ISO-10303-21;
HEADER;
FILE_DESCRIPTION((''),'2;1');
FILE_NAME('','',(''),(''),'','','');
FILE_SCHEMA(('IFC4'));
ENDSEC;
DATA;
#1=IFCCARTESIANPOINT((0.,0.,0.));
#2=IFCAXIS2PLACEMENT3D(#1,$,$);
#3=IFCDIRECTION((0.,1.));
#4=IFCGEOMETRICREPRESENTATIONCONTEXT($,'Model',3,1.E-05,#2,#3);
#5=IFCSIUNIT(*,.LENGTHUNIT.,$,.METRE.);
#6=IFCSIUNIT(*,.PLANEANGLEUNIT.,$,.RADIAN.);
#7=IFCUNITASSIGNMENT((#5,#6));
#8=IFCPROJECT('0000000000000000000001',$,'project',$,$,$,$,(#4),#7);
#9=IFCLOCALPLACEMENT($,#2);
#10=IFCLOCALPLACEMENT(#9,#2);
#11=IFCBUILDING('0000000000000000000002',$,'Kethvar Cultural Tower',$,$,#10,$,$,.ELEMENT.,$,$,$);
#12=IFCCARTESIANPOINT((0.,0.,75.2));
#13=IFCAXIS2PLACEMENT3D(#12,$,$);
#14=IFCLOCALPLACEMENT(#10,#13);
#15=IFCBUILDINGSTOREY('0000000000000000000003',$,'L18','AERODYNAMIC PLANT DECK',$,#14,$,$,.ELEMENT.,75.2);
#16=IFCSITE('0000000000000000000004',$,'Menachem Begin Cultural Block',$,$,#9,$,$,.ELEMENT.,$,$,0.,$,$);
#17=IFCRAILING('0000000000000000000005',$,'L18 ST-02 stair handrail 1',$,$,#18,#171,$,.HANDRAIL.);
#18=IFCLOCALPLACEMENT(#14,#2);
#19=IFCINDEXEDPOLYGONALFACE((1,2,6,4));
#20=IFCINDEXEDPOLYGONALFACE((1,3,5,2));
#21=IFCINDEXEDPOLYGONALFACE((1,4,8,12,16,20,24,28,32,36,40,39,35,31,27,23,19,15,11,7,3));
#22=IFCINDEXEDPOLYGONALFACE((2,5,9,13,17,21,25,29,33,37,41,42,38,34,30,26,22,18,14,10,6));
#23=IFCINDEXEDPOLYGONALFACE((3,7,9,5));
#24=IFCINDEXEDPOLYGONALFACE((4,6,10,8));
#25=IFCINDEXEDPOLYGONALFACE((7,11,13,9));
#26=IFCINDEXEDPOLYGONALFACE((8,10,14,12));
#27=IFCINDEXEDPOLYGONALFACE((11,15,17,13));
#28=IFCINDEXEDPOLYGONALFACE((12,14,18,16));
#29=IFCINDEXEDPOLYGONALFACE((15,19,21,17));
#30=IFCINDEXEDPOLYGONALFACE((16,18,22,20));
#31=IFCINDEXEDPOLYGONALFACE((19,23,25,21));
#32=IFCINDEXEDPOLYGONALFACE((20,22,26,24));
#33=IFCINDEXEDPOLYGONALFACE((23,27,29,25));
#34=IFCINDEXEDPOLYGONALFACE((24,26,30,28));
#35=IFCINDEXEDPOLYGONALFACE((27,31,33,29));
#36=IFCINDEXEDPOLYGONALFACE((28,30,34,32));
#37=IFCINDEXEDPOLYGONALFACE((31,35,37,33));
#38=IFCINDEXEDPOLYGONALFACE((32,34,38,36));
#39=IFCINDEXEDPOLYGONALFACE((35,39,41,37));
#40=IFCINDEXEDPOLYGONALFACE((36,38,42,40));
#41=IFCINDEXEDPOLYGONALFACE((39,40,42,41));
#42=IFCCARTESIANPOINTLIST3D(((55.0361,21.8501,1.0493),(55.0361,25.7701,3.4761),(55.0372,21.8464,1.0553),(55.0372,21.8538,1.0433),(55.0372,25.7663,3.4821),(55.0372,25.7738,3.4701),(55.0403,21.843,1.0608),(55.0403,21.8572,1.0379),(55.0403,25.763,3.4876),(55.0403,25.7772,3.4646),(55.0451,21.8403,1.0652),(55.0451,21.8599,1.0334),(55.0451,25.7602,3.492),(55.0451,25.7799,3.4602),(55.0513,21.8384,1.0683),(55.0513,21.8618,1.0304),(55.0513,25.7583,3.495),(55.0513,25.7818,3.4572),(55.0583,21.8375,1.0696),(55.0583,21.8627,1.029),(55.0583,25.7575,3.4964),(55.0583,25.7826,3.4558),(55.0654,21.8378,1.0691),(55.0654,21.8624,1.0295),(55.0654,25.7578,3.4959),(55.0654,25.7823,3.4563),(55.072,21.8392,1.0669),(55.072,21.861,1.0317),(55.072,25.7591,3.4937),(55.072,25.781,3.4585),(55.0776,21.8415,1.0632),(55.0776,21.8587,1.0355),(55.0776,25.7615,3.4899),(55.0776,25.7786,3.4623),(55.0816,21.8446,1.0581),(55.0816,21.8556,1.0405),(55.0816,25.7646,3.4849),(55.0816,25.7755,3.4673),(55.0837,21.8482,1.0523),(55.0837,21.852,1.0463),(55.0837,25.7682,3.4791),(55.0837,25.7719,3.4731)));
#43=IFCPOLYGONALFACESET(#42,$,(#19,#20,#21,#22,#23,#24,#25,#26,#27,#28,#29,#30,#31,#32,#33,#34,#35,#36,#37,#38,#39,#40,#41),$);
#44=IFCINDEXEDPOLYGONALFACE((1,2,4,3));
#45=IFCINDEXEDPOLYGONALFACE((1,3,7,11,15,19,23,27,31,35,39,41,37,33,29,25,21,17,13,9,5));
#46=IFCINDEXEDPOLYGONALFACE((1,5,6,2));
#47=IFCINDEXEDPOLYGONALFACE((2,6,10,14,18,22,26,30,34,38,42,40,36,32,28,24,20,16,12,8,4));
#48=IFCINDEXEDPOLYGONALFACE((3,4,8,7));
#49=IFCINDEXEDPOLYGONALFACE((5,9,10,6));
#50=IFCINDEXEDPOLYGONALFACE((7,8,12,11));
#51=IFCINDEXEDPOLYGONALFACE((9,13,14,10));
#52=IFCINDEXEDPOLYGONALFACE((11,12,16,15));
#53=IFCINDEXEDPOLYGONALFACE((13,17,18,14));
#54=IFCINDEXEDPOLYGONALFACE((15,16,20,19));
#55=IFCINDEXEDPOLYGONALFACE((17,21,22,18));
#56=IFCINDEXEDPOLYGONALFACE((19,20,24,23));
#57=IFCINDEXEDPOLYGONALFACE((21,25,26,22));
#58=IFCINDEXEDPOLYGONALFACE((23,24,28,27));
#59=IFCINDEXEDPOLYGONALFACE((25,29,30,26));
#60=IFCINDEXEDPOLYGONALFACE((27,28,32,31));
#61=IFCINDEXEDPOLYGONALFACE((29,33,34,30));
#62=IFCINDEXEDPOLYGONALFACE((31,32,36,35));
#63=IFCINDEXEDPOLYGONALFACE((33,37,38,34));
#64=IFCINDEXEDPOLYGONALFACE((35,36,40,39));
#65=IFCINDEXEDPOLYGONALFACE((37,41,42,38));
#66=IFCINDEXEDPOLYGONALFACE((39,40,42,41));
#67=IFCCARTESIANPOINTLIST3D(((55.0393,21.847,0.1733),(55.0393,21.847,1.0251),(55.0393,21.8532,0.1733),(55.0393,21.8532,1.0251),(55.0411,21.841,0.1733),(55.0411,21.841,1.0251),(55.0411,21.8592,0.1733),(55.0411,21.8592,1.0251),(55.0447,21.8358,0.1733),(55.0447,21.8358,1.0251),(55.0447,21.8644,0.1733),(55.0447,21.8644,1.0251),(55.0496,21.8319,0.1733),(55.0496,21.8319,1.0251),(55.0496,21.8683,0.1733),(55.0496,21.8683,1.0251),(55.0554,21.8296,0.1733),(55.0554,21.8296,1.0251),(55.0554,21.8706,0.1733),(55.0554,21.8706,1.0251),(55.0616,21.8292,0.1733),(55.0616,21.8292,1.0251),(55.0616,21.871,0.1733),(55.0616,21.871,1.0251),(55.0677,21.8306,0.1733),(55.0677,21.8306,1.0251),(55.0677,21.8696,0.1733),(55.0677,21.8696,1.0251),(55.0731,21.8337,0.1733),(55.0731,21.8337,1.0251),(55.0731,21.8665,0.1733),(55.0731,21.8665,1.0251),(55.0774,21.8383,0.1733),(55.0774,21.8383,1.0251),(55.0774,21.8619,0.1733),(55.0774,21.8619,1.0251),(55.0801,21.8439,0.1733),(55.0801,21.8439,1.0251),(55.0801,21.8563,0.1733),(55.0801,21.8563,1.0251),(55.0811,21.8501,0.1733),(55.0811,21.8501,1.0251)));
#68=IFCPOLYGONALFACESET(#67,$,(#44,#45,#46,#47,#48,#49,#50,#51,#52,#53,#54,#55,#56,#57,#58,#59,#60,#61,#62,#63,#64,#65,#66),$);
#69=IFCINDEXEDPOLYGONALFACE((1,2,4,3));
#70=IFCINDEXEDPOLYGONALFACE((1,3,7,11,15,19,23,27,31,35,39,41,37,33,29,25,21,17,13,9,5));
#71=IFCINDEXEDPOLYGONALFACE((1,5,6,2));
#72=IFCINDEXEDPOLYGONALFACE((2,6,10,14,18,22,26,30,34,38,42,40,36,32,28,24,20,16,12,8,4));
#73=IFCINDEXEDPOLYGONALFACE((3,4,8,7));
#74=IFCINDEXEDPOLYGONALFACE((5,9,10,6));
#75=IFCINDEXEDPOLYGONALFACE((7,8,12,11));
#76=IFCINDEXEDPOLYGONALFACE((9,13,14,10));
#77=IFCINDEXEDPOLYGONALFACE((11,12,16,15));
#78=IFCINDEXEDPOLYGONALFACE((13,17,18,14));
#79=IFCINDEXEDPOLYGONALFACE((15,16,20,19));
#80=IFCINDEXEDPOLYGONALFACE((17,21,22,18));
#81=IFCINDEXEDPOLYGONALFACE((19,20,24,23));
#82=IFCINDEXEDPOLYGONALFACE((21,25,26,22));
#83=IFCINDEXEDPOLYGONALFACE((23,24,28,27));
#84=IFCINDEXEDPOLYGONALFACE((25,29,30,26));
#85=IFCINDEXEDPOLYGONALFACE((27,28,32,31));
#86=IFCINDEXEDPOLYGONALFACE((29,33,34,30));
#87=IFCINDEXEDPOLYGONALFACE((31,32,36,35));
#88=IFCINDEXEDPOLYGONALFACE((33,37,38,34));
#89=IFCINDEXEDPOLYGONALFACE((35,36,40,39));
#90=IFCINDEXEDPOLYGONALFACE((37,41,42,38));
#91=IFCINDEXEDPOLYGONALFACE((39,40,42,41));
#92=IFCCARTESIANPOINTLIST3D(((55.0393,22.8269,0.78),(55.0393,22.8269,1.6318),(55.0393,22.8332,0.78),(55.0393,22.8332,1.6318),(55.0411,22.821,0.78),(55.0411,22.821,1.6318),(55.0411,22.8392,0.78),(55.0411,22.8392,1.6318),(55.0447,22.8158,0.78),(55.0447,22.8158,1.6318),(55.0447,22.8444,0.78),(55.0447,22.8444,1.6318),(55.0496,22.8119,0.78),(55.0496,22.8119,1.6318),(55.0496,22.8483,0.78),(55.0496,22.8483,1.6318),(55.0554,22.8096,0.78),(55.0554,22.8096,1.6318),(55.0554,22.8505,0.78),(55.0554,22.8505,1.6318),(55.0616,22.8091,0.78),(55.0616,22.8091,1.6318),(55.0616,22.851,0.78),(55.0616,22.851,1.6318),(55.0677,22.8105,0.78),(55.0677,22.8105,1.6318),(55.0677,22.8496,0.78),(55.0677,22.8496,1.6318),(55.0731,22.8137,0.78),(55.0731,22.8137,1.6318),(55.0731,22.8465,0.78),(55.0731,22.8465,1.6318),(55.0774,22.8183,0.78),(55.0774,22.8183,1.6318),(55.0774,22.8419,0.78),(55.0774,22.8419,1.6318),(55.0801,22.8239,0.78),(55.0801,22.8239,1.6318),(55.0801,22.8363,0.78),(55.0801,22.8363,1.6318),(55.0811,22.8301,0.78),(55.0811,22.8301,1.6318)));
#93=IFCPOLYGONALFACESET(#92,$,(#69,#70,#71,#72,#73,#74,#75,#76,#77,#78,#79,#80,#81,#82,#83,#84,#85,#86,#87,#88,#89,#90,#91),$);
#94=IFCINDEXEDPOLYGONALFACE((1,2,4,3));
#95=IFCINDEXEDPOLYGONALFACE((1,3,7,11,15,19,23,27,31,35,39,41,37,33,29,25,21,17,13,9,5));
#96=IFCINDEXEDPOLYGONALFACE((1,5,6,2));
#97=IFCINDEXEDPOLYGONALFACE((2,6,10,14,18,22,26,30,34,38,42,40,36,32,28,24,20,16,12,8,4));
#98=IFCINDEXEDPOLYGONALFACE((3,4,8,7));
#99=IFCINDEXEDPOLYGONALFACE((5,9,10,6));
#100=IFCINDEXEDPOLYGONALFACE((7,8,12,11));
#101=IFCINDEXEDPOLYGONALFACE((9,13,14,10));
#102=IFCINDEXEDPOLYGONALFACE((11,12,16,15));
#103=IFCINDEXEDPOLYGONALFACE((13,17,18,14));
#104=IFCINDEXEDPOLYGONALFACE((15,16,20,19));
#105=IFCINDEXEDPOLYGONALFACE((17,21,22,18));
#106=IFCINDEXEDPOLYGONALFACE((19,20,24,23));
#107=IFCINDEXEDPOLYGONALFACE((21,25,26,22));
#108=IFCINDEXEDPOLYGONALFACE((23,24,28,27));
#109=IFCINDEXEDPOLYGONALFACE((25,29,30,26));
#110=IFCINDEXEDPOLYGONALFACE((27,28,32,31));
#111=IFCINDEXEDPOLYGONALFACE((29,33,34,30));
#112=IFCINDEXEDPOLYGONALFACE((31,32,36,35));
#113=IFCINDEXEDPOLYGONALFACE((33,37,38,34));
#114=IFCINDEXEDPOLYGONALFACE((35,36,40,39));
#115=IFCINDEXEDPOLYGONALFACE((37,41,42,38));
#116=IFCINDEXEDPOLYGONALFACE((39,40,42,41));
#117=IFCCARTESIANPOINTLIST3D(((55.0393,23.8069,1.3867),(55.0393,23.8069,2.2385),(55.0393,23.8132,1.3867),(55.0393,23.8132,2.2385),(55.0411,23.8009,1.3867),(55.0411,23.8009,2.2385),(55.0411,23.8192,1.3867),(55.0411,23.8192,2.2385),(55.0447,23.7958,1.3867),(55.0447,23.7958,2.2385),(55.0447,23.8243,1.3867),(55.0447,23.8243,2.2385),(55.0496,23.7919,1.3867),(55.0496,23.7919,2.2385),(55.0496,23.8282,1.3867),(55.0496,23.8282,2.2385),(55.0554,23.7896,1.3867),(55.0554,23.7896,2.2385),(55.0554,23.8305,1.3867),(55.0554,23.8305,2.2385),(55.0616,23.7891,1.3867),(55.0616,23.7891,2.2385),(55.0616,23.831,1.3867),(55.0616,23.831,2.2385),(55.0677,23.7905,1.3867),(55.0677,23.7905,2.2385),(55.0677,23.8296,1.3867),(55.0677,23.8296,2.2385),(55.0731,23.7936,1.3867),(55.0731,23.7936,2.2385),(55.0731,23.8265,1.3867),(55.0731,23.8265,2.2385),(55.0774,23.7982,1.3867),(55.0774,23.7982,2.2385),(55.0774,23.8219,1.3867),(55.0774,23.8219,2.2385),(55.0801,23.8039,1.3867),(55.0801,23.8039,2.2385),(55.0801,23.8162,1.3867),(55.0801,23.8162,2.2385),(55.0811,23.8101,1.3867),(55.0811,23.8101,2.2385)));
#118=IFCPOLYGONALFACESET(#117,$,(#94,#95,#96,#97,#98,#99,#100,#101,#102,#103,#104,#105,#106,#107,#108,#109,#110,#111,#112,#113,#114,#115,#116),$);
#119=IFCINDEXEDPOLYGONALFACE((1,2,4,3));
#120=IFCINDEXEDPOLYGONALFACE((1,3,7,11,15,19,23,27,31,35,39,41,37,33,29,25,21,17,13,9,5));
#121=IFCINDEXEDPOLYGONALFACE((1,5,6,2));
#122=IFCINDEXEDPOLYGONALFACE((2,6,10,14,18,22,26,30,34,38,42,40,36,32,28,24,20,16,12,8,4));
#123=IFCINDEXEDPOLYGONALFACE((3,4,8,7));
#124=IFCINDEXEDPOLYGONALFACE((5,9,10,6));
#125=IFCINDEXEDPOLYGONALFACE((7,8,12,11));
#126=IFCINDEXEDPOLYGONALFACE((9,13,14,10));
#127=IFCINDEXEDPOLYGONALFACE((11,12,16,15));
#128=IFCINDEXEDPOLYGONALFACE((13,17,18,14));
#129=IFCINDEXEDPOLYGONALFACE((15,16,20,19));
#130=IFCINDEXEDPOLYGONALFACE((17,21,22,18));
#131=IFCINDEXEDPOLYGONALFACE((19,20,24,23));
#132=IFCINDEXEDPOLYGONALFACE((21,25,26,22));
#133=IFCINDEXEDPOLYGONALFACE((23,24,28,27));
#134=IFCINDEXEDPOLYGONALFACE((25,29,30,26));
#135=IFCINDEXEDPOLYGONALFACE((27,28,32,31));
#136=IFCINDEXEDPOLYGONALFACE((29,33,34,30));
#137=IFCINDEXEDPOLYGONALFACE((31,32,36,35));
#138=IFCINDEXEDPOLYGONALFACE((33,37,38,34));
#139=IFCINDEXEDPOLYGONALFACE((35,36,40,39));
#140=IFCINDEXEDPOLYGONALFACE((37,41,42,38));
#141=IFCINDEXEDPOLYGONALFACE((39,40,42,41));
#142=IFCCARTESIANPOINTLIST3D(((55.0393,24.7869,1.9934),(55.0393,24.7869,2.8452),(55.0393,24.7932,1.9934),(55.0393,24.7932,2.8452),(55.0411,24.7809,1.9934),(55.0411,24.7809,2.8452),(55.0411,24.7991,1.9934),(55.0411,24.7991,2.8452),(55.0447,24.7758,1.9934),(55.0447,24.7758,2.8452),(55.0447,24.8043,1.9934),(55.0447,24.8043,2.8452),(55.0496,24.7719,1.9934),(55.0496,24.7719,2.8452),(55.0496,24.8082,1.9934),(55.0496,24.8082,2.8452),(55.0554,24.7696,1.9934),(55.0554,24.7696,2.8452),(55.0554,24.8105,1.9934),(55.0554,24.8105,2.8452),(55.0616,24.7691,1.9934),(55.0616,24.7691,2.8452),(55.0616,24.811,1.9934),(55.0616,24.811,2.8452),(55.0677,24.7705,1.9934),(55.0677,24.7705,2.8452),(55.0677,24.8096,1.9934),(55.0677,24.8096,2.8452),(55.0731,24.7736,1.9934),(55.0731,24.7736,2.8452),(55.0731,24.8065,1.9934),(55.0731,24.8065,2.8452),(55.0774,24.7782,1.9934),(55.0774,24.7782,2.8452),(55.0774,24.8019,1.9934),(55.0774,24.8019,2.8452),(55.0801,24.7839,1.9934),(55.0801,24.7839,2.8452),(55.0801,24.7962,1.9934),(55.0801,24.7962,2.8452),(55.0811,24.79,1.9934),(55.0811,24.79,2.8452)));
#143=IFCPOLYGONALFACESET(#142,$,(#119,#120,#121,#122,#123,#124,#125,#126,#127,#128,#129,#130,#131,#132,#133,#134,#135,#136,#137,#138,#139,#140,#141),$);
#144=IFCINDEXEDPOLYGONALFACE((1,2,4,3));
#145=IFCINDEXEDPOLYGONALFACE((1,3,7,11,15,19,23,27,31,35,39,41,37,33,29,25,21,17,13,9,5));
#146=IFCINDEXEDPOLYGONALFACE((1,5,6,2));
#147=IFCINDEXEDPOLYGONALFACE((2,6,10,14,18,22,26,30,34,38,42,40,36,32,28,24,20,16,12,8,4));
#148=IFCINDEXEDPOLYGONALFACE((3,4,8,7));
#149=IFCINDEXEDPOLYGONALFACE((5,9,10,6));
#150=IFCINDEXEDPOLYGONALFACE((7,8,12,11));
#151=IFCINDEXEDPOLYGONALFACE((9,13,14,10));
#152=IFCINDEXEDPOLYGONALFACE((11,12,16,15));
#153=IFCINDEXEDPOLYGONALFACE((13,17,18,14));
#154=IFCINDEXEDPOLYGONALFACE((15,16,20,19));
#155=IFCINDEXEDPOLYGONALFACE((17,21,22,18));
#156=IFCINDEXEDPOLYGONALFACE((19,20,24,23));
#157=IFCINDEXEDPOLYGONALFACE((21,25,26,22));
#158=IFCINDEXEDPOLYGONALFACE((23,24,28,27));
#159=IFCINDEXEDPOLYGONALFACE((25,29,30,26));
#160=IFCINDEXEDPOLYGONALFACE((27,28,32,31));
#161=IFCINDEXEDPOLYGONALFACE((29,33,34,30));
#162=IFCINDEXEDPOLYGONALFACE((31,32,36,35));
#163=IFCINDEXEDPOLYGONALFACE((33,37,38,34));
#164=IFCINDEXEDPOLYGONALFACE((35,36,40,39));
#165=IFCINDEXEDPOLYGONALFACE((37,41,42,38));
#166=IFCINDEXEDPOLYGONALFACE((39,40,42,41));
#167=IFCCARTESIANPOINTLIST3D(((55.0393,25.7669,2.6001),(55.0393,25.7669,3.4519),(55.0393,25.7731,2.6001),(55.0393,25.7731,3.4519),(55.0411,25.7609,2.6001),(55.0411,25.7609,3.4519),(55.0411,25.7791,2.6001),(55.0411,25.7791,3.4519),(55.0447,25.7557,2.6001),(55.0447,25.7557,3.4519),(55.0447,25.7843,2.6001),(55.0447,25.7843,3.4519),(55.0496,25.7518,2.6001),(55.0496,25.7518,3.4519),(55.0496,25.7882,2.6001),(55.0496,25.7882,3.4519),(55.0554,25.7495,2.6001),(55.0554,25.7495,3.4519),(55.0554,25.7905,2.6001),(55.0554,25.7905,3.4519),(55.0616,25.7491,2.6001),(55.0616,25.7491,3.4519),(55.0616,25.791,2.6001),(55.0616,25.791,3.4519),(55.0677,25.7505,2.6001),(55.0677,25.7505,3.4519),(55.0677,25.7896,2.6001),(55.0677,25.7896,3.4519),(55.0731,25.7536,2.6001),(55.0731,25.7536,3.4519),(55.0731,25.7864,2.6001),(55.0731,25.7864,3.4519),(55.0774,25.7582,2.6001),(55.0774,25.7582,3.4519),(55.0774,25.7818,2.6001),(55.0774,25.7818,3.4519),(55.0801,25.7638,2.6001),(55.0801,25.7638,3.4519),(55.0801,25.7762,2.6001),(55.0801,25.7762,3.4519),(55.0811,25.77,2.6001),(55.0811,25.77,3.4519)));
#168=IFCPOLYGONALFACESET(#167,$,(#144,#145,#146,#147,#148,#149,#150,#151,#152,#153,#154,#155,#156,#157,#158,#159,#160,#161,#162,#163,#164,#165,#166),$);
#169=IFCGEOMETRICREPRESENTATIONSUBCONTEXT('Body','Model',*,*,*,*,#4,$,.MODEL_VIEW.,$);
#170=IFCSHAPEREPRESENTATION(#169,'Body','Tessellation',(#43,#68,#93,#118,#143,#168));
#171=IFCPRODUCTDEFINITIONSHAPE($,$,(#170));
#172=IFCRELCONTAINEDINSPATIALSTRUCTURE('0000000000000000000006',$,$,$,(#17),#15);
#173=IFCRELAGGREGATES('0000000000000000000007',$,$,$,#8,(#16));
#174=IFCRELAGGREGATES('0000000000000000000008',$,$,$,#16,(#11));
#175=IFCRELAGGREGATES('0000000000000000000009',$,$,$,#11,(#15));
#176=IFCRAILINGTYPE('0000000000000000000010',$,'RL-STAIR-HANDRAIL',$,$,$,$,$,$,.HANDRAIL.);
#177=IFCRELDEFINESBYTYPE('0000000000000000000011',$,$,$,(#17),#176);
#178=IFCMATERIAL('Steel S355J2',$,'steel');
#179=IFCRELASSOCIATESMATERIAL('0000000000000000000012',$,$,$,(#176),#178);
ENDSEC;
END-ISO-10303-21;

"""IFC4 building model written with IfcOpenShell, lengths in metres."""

from ifc_helpers import new_model, si_unit, direction, frame, origin, origin_2d, place, context, subcontext, project, spatial, circle, extrude, material, type_object, element, save


model = new_model("IFC4")

# Units and contexts
model_context = context("Model", 3, precision=1e-05, world=origin(), true_north=direction((0.0, 1.0)))
body_context = subcontext(model_context, "Body", "Model", "MODEL_VIEW")
ifc_project = project(units=[si_unit("LENGTHUNIT", "METRE"), si_unit("PLANEANGLEUNIT", "RADIAN")], contexts=[model_context])

# Site, building, storey
site_placement = place(None, origin())
site = spatial("IfcSite", under=ifc_project, at=site_placement, Name="Menachem Begin Cultural Block", CompositionType="ELEMENT", RefElevation=0.0)
building_placement = place(site_placement, origin())
building = spatial("IfcBuilding", under=site, at=building_placement, Name="Kethvar Cultural Tower", CompositionType="ELEMENT")
storey_placement = place(building_placement, frame((0.0, 0.0, 75.2)))
storey = spatial("IfcBuildingStorey", under=building, at=storey_placement, Name="L18", Description="AERODYNAMIC PLANT DECK", CompositionType="ELEMENT", Elevation=75.2)

# Shared definitions
ifc_material_1 = material(Name="Steel S355J2", Category="steel")

# Railing
railing_type_1 = type_object("IfcRailingType", Name="RL-STAIR-HANDRAIL", PredefinedType="HANDRAIL", material=ifc_material_1)
railing_1_placement = place(storey_placement, frame((55.0601, 21.8501, 0.1733)))
element("IfcRailing", 1, at=railing_1_placement, inside=storey, type_object=railing_type_1, Name="L18 ST-02 stair handrail 1", PredefinedType="HANDRAIL", context=body_context, shape_type="SweptSolid", body=[
    extrude(circle(Radius=0.0239, at=origin_2d()), frame((0.0, 0.0, 0.876), z_axis=(0.0, 0.850252, 0.526376), x_axis=(-1.0, 0.0, 0.0)), (0.0, 0.0, 1.0), 4.6104),
    extrude(circle(Radius=0.021, at=origin_2d()), origin(), (0.0, 0.0, 1.0), 0.8518),
    extrude(circle(Radius=0.021, at=origin_2d()), frame((0.0, 0.98, 0.6067)), (0.0, 0.0, 1.0), 0.8518),
    extrude(circle(Radius=0.021, at=origin_2d()), frame((0.0, 1.96, 1.2134)), (0.0, 0.0, 1.0), 0.8518),
    extrude(circle(Radius=0.021, at=origin_2d()), frame((0.0, 2.9399, 1.8201)), (0.0, 0.0, 1.0), 0.8518),
    extrude(circle(Radius=0.021, at=origin_2d()), frame((0.0, 3.9199, 2.4268)), (0.0, 0.0, 1.0), 0.8518),
])

save(model, "model.ifc")
